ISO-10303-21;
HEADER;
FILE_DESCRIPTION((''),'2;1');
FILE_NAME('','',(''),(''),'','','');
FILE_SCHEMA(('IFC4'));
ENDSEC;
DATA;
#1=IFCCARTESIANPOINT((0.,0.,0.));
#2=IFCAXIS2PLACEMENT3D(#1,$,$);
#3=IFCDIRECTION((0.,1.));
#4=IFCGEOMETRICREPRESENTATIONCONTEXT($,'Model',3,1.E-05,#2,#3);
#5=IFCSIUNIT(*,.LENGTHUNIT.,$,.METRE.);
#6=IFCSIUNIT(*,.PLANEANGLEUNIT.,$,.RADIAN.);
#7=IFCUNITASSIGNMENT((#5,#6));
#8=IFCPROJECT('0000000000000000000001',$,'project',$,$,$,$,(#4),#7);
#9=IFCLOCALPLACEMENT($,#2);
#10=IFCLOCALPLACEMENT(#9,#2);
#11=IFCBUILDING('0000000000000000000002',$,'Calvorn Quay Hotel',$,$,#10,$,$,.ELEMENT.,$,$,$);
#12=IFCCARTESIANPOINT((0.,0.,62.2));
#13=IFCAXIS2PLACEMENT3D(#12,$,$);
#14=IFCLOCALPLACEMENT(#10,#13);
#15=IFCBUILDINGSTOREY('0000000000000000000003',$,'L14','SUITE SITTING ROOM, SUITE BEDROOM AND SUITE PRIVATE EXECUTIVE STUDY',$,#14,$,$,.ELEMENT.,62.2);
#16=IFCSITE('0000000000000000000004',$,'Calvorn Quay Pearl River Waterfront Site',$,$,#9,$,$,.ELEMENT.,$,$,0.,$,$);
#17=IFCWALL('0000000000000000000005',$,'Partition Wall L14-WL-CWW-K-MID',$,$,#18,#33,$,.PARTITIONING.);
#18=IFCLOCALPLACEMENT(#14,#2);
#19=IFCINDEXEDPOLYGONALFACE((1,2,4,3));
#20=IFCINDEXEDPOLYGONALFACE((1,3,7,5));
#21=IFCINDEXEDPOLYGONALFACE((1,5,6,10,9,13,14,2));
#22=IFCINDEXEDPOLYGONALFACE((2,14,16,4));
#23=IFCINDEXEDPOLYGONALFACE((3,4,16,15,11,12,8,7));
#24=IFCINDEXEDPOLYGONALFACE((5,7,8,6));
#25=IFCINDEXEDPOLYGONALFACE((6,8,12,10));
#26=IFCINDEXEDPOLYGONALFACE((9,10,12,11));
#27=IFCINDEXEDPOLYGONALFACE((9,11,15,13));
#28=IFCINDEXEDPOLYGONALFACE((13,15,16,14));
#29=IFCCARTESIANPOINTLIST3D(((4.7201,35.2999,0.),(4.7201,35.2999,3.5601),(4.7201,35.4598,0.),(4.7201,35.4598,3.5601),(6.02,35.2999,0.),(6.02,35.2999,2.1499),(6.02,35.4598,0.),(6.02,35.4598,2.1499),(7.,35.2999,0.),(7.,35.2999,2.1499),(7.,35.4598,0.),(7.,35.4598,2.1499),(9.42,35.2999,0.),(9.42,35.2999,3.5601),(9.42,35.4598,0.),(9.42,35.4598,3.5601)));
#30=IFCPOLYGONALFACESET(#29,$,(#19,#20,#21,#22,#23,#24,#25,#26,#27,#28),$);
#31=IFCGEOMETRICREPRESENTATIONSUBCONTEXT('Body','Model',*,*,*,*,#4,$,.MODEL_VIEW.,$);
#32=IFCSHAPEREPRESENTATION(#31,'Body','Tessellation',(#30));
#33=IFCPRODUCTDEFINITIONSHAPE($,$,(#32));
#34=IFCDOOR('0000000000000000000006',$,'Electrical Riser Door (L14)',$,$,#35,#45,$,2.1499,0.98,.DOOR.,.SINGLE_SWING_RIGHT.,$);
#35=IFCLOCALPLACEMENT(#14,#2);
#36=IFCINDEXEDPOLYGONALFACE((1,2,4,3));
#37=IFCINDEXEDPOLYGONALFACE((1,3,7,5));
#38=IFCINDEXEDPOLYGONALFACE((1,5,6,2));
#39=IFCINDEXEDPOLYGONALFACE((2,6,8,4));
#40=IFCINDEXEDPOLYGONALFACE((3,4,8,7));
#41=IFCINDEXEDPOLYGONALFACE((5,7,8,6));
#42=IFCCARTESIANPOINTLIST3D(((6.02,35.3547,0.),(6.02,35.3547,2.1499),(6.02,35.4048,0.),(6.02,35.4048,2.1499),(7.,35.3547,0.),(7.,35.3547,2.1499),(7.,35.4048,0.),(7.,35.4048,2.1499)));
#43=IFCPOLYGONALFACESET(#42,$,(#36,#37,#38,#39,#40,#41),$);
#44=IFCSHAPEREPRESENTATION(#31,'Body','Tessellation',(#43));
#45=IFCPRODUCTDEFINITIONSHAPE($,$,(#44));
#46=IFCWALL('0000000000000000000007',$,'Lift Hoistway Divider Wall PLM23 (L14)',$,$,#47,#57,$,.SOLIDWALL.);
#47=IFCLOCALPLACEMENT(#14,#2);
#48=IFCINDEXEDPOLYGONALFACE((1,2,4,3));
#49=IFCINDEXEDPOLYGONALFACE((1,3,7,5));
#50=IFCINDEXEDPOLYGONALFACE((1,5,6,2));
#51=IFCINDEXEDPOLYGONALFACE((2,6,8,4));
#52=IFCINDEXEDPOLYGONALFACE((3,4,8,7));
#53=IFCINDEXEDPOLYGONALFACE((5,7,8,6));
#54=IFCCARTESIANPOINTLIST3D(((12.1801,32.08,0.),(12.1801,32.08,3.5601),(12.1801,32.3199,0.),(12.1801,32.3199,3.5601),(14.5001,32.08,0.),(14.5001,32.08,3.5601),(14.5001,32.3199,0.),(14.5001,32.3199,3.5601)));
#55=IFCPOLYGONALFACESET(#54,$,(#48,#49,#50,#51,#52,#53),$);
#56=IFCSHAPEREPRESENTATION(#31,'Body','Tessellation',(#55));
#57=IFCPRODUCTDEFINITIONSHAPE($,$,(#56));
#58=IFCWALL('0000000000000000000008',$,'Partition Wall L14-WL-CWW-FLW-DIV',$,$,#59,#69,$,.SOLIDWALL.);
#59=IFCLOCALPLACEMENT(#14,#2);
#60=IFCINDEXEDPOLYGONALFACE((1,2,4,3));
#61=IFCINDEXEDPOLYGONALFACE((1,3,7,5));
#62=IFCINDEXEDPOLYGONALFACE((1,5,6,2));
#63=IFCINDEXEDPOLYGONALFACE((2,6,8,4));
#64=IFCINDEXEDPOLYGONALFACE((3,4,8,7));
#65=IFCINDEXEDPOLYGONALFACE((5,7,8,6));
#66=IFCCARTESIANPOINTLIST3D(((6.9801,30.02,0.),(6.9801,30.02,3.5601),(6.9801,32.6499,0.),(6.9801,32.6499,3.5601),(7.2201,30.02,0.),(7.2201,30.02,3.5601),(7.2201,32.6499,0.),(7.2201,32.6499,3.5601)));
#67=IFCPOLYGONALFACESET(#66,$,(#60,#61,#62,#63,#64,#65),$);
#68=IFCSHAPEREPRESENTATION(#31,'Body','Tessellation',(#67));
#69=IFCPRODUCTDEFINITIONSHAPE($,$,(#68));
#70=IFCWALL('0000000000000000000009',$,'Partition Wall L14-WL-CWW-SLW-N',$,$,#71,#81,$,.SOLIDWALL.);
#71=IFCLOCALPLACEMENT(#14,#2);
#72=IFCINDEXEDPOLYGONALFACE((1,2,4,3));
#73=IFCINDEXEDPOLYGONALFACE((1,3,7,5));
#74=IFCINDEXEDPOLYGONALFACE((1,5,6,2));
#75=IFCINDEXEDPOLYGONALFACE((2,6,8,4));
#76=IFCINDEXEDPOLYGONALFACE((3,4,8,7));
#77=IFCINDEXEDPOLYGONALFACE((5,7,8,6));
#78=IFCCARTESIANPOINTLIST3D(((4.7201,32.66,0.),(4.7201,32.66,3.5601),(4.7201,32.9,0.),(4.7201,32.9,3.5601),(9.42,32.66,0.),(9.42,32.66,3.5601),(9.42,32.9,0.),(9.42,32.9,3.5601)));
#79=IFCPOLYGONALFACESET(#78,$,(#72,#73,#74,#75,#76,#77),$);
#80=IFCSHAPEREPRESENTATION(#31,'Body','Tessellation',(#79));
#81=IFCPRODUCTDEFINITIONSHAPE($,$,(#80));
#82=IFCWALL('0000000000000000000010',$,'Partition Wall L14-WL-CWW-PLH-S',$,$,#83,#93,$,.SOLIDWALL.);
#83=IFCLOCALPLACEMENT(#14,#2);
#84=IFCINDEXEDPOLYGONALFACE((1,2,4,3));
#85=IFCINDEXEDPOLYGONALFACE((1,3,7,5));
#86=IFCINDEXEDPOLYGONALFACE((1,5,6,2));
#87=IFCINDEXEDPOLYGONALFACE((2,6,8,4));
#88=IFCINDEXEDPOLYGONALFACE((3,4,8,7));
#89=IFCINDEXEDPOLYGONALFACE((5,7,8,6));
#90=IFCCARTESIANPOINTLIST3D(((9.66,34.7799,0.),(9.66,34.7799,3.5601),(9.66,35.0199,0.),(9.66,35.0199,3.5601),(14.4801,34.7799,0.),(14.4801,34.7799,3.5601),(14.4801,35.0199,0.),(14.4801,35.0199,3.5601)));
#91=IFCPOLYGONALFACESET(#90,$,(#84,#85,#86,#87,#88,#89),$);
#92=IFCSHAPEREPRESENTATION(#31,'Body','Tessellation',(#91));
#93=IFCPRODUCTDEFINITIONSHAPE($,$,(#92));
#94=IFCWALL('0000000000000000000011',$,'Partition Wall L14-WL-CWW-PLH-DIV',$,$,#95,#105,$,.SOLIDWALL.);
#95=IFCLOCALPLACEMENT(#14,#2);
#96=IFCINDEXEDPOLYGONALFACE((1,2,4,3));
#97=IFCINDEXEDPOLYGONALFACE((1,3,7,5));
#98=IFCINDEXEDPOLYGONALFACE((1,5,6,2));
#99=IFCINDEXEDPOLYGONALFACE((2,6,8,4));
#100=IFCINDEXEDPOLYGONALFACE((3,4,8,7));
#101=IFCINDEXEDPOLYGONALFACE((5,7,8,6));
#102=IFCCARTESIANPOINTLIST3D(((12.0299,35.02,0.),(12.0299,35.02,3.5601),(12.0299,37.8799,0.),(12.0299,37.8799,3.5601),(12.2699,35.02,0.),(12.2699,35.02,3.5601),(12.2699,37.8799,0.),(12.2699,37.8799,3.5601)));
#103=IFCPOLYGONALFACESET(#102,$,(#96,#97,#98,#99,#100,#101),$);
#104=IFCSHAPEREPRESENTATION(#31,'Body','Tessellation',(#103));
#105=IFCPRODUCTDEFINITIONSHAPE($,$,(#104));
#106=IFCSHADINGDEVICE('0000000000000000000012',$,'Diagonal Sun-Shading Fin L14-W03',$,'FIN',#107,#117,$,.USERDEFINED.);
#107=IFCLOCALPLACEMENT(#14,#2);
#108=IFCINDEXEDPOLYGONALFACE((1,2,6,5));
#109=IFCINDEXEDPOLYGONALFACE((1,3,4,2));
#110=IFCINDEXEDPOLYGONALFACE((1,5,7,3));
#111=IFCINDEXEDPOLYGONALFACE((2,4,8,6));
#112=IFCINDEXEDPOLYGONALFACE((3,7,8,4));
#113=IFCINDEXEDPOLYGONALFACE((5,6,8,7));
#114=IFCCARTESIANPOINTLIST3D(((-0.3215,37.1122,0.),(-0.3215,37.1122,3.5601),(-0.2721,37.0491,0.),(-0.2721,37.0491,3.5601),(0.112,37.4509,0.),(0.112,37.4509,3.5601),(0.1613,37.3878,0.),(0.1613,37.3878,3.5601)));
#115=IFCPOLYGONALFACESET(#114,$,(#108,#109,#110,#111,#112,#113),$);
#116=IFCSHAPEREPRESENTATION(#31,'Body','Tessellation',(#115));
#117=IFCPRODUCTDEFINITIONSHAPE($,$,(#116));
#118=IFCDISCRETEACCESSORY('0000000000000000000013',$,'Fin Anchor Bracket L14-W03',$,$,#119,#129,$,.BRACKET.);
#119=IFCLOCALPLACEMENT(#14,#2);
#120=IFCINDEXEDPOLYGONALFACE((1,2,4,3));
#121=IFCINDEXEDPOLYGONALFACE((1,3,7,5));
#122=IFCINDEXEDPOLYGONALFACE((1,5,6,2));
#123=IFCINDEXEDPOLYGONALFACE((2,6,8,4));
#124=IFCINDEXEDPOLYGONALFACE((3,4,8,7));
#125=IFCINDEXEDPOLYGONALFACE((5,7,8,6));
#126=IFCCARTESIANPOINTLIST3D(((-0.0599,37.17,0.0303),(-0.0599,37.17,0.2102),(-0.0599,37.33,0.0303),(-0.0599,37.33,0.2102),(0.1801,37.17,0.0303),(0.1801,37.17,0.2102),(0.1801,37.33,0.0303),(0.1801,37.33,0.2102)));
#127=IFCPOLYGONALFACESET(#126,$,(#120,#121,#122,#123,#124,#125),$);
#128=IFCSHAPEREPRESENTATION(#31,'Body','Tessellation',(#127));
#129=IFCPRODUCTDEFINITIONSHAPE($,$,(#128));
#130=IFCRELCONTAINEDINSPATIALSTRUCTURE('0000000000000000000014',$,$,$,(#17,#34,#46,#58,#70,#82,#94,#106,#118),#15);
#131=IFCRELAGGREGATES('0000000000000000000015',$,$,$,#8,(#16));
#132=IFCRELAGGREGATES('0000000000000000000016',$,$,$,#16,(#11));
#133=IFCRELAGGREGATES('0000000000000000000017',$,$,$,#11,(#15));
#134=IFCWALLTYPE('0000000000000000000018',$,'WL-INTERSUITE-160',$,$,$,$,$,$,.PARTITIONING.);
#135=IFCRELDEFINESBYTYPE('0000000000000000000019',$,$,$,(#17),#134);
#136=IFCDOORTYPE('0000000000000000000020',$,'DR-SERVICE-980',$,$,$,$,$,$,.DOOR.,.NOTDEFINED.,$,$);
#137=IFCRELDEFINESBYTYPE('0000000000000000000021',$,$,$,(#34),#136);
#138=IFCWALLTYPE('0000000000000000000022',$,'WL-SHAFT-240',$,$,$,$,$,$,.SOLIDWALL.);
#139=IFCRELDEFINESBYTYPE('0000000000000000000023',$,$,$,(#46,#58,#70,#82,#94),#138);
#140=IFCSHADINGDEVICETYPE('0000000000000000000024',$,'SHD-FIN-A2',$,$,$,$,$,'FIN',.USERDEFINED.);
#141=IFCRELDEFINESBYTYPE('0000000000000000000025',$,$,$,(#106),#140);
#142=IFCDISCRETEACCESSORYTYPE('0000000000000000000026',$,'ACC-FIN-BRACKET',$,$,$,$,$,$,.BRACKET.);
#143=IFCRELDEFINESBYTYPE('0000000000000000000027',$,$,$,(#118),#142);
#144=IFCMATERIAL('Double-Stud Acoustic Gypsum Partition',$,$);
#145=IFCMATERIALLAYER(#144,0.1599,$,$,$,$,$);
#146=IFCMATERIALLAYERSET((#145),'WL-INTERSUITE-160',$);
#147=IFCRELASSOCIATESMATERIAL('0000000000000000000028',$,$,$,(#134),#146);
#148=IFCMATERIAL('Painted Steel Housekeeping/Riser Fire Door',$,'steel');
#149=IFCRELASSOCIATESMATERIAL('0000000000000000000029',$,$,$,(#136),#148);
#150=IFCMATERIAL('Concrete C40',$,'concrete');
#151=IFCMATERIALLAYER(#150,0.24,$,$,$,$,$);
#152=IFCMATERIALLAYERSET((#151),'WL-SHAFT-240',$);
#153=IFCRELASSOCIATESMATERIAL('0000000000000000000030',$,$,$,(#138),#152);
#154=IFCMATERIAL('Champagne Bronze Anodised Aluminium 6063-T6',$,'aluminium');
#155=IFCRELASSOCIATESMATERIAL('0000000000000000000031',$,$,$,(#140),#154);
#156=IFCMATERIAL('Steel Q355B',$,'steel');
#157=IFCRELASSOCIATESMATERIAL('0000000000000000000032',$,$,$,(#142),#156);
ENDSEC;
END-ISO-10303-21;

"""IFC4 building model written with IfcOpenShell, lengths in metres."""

from ifc_helpers import new_model, si_unit, direction, frame, frame_2d, origin, origin_2d, place, context, subcontext, project, spatial, rectangle, extrude, material, layer, layer_set, type_object, element, fill, save


model = new_model("IFC4")

# Units and contexts
model_context = context("Model", 3, precision=1e-05, world=origin(), true_north=direction((0.0, 1.0)))
body_context = subcontext(model_context, "Body", "Model", "MODEL_VIEW")
ifc_project = project(units=[si_unit("LENGTHUNIT", "METRE"), si_unit("PLANEANGLEUNIT", "RADIAN")], contexts=[model_context])

# Site, building, storey
site_placement = place(None, origin())
site = spatial("IfcSite", under=ifc_project, at=site_placement, Name="Calvorn Quay Pearl River Waterfront Site", CompositionType="ELEMENT", RefElevation=0.0)
building_placement = place(site_placement, origin())
building = spatial("IfcBuilding", under=site, at=building_placement, Name="Calvorn Quay Hotel", CompositionType="ELEMENT")
storey_placement = place(building_placement, frame((0.0, 0.0, 62.2)))
storey = spatial("IfcBuildingStorey", under=building, at=storey_placement, Name="L14", Description="SUITE SITTING ROOM, SUITE BEDROOM AND SUITE PRIVATE EXECUTIVE STUDY", CompositionType="ELEMENT", Elevation=62.2)

# Wall, opening, door
ifc_material_1 = material(Name="Double-Stud Acoustic Gypsum Partition")
ifc_layer_1 = layer(ifc_material_1, 0.1599)
ifc_layer_set_1 = layer_set([ifc_layer_1], Name="WL-INTERSUITE-160")
wall_type_1 = type_object("IfcWallType", Name="WL-INTERSUITE-160", PredefinedType="PARTITIONING", material=ifc_layer_set_1)
wall_1_placement = place(storey_placement, frame((4.72, 35.3799, 0.0), z_axis=(0.0, 0.0, 1.0), x_axis=(1.0, 0.0, 0.0)))
wall_1 = element("IfcWall", 1, at=wall_1_placement, inside=storey, type_object=wall_type_1, Name="Partition Wall L14-WL-CWW-K-MID", PredefinedType="PARTITIONING", context=body_context, shape_type="SweptSolid", body=[
    extrude(rectangle(XDim=4.7, YDim=0.1599, at=frame_2d((2.3501, 0.0))), origin(), (0.0, 0.0, 1.0), 3.5601),
])
opening_1_placement = place(wall_1_placement, frame((1.3, 0.0, 0.0)))
opening_1 = element("IfcOpeningElement", 2, at=opening_1_placement, cuts=wall_1, PredefinedType="OPENING", context=body_context, shape_type="SweptSolid", body=[
    extrude(rectangle(XDim=0.98, YDim=2.1499, at=frame_2d((0.49, 1.075))), frame((0.0, 0.0898, 0.0), z_axis=(0.0, -1.0, 0.0), x_axis=(1.0, 0.0, 0.0)), (0.0, 0.0, 1.0), 0.1799),
])
ifc_material_2 = material(Name="Painted Steel Housekeeping/Riser Fire Door", Category="steel")
door_type = type_object("IfcDoorType", Name="DR-SERVICE-980", OperationType="NOTDEFINED", PredefinedType="DOOR", material=ifc_material_2)
door_1_placement = place(opening_1_placement, origin())
door_1 = element("IfcDoor", 3, at=door_1_placement, inside=storey, type_object=door_type, Name="Electrical Riser Door (L14)", OperationType="SINGLE_SWING_RIGHT", OverallHeight=2.1499, OverallWidth=0.98, PredefinedType="DOOR", context=body_context, shape_type="SweptSolid", body=[
    extrude(rectangle(XDim=0.98, YDim=2.1499, at=frame_2d((0.49, 1.075))), frame((0.0, 0.0249, 0.0), z_axis=(0.0, -1.0, 0.0), x_axis=(1.0, 0.0, 0.0)), (0.0, 0.0, 1.0), 0.05),
])
fill(opening_1, door_1)

# Walls
ifc_material_3 = material(Name="Concrete C40", Category="concrete")
ifc_layer_2 = layer(ifc_material_3, 0.24)
ifc_layer_set_2 = layer_set([ifc_layer_2], Name="WL-SHAFT-240")
wall_type_2 = type_object("IfcWallType", Name="WL-SHAFT-240", PredefinedType="SOLIDWALL", material=ifc_layer_set_2)
wall_2_placement = place(storey_placement, frame((12.1799, 32.2, 0.0), z_axis=(0.0, 0.0, 1.0), x_axis=(1.0, 0.0, 0.0)))
element("IfcWall", 4, at=wall_2_placement, inside=storey, type_object=wall_type_2, Name="Lift Hoistway Divider Wall PLM23 (L14)", PredefinedType="SOLIDWALL", context=body_context, shape_type="SweptSolid", body=[
    extrude(rectangle(XDim=2.3201, YDim=0.24, at=frame_2d((1.1602, 0.0))), origin(), (0.0, 0.0, 1.0), 3.5601),
])
wall_3_placement = place(storey_placement, frame((7.1001, 30.02, 0.0), z_axis=(0.0, 0.0, 1.0), x_axis=(0.0, 1.0, 0.0)))
element("IfcWall", 5, at=wall_3_placement, inside=storey, type_object=wall_type_2, Name="Partition Wall L14-WL-CWW-FLW-DIV", PredefinedType="SOLIDWALL", context=body_context, shape_type="SweptSolid", body=[
    extrude(rectangle(XDim=2.6299, YDim=0.24, at=frame_2d((1.3149, 0.0))), origin(), (0.0, 0.0, 1.0), 3.5601),
])
wall_4_placement = place(storey_placement, frame((4.72, 32.78, 0.0), z_axis=(0.0, 0.0, 1.0), x_axis=(1.0, 0.0, 0.0)))
element("IfcWall", 6, at=wall_4_placement, inside=storey, type_object=wall_type_2, Name="Partition Wall L14-WL-CWW-SLW-N", PredefinedType="SOLIDWALL", context=body_context, shape_type="SweptSolid", body=[
    extrude(rectangle(XDim=4.7, YDim=0.24, at=frame_2d((2.3501, 0.0))), origin(), (0.0, 0.0, 1.0), 3.5601),
])
wall_5_placement = place(storey_placement, frame((9.6599, 34.8999, 0.0), z_axis=(0.0, 0.0, 1.0), x_axis=(1.0, 0.0, 0.0)))
element("IfcWall", 7, at=wall_5_placement, inside=storey, type_object=wall_type_2, Name="Partition Wall L14-WL-CWW-PLH-S", PredefinedType="SOLIDWALL", context=body_context, shape_type="SweptSolid", body=[
    extrude(rectangle(XDim=4.8201, YDim=0.24, at=frame_2d((2.4102, 0.0))), origin(), (0.0, 0.0, 1.0), 3.5601),
])
wall_6_placement = place(storey_placement, frame((12.1499, 35.02, 0.0), z_axis=(0.0, 0.0, 1.0), x_axis=(0.0, 1.0, 0.0)))
element("IfcWall", 8, at=wall_6_placement, inside=storey, type_object=wall_type_2, Name="Partition Wall L14-WL-CWW-PLH-DIV", PredefinedType="SOLIDWALL", context=body_context, shape_type="SweptSolid", body=[
    extrude(rectangle(XDim=2.8599, YDim=0.24, at=frame_2d((1.4299, 0.0))), origin(), (0.0, 0.0, 1.0), 3.5601),
])

# Shading device
ifc_material_4 = material(Name="Champagne Bronze Anodised Aluminium 6063-T6", Category="aluminium")
shading_device_type = type_object("IfcShadingDeviceType", Name="SHD-FIN-A2", ElementType="FIN", PredefinedType="USERDEFINED", material=ifc_material_4)
shading_device_placement = place(storey_placement, frame((-0.0801, 37.25, 0.0), z_axis=(0.0, 0.0, 1.0), x_axis=(0.788011, 0.615661, 0.0)))
element("IfcShadingDevice", 9, at=shading_device_placement, inside=storey, type_object=shading_device_type, Name="Diagonal Sun-Shading Fin L14-W03", ObjectType="FIN", PredefinedType="USERDEFINED", context=body_context, shape_type="SweptSolid", body=[
    extrude(rectangle(XDim=0.55, YDim=0.0801, at=origin_2d()), origin(), (0.0, 0.0, 1.0), 3.5601),
])

# Discrete accessory
ifc_material_5 = material(Name="Steel Q355B", Category="steel")
discrete_accessory_type = type_object("IfcDiscreteAccessoryType", Name="ACC-FIN-BRACKET", PredefinedType="BRACKET", material=ifc_material_5)
discrete_accessory_placement = place(storey_placement, frame((0.0601, 37.25, 0.0303), z_axis=(0.0, 0.0, 1.0), x_axis=(1.0, 0.0, 0.0)))
element("IfcDiscreteAccessory", 10, at=discrete_accessory_placement, inside=storey, type_object=discrete_accessory_type, Name="Fin Anchor Bracket L14-W03", PredefinedType="BRACKET", context=body_context, shape_type="SweptSolid", body=[
    extrude(rectangle(XDim=0.24, YDim=0.1599, at=origin_2d()), origin(), (0.0, 0.0, 1.0), 0.1799),
])

save(model, "model.ifc")
